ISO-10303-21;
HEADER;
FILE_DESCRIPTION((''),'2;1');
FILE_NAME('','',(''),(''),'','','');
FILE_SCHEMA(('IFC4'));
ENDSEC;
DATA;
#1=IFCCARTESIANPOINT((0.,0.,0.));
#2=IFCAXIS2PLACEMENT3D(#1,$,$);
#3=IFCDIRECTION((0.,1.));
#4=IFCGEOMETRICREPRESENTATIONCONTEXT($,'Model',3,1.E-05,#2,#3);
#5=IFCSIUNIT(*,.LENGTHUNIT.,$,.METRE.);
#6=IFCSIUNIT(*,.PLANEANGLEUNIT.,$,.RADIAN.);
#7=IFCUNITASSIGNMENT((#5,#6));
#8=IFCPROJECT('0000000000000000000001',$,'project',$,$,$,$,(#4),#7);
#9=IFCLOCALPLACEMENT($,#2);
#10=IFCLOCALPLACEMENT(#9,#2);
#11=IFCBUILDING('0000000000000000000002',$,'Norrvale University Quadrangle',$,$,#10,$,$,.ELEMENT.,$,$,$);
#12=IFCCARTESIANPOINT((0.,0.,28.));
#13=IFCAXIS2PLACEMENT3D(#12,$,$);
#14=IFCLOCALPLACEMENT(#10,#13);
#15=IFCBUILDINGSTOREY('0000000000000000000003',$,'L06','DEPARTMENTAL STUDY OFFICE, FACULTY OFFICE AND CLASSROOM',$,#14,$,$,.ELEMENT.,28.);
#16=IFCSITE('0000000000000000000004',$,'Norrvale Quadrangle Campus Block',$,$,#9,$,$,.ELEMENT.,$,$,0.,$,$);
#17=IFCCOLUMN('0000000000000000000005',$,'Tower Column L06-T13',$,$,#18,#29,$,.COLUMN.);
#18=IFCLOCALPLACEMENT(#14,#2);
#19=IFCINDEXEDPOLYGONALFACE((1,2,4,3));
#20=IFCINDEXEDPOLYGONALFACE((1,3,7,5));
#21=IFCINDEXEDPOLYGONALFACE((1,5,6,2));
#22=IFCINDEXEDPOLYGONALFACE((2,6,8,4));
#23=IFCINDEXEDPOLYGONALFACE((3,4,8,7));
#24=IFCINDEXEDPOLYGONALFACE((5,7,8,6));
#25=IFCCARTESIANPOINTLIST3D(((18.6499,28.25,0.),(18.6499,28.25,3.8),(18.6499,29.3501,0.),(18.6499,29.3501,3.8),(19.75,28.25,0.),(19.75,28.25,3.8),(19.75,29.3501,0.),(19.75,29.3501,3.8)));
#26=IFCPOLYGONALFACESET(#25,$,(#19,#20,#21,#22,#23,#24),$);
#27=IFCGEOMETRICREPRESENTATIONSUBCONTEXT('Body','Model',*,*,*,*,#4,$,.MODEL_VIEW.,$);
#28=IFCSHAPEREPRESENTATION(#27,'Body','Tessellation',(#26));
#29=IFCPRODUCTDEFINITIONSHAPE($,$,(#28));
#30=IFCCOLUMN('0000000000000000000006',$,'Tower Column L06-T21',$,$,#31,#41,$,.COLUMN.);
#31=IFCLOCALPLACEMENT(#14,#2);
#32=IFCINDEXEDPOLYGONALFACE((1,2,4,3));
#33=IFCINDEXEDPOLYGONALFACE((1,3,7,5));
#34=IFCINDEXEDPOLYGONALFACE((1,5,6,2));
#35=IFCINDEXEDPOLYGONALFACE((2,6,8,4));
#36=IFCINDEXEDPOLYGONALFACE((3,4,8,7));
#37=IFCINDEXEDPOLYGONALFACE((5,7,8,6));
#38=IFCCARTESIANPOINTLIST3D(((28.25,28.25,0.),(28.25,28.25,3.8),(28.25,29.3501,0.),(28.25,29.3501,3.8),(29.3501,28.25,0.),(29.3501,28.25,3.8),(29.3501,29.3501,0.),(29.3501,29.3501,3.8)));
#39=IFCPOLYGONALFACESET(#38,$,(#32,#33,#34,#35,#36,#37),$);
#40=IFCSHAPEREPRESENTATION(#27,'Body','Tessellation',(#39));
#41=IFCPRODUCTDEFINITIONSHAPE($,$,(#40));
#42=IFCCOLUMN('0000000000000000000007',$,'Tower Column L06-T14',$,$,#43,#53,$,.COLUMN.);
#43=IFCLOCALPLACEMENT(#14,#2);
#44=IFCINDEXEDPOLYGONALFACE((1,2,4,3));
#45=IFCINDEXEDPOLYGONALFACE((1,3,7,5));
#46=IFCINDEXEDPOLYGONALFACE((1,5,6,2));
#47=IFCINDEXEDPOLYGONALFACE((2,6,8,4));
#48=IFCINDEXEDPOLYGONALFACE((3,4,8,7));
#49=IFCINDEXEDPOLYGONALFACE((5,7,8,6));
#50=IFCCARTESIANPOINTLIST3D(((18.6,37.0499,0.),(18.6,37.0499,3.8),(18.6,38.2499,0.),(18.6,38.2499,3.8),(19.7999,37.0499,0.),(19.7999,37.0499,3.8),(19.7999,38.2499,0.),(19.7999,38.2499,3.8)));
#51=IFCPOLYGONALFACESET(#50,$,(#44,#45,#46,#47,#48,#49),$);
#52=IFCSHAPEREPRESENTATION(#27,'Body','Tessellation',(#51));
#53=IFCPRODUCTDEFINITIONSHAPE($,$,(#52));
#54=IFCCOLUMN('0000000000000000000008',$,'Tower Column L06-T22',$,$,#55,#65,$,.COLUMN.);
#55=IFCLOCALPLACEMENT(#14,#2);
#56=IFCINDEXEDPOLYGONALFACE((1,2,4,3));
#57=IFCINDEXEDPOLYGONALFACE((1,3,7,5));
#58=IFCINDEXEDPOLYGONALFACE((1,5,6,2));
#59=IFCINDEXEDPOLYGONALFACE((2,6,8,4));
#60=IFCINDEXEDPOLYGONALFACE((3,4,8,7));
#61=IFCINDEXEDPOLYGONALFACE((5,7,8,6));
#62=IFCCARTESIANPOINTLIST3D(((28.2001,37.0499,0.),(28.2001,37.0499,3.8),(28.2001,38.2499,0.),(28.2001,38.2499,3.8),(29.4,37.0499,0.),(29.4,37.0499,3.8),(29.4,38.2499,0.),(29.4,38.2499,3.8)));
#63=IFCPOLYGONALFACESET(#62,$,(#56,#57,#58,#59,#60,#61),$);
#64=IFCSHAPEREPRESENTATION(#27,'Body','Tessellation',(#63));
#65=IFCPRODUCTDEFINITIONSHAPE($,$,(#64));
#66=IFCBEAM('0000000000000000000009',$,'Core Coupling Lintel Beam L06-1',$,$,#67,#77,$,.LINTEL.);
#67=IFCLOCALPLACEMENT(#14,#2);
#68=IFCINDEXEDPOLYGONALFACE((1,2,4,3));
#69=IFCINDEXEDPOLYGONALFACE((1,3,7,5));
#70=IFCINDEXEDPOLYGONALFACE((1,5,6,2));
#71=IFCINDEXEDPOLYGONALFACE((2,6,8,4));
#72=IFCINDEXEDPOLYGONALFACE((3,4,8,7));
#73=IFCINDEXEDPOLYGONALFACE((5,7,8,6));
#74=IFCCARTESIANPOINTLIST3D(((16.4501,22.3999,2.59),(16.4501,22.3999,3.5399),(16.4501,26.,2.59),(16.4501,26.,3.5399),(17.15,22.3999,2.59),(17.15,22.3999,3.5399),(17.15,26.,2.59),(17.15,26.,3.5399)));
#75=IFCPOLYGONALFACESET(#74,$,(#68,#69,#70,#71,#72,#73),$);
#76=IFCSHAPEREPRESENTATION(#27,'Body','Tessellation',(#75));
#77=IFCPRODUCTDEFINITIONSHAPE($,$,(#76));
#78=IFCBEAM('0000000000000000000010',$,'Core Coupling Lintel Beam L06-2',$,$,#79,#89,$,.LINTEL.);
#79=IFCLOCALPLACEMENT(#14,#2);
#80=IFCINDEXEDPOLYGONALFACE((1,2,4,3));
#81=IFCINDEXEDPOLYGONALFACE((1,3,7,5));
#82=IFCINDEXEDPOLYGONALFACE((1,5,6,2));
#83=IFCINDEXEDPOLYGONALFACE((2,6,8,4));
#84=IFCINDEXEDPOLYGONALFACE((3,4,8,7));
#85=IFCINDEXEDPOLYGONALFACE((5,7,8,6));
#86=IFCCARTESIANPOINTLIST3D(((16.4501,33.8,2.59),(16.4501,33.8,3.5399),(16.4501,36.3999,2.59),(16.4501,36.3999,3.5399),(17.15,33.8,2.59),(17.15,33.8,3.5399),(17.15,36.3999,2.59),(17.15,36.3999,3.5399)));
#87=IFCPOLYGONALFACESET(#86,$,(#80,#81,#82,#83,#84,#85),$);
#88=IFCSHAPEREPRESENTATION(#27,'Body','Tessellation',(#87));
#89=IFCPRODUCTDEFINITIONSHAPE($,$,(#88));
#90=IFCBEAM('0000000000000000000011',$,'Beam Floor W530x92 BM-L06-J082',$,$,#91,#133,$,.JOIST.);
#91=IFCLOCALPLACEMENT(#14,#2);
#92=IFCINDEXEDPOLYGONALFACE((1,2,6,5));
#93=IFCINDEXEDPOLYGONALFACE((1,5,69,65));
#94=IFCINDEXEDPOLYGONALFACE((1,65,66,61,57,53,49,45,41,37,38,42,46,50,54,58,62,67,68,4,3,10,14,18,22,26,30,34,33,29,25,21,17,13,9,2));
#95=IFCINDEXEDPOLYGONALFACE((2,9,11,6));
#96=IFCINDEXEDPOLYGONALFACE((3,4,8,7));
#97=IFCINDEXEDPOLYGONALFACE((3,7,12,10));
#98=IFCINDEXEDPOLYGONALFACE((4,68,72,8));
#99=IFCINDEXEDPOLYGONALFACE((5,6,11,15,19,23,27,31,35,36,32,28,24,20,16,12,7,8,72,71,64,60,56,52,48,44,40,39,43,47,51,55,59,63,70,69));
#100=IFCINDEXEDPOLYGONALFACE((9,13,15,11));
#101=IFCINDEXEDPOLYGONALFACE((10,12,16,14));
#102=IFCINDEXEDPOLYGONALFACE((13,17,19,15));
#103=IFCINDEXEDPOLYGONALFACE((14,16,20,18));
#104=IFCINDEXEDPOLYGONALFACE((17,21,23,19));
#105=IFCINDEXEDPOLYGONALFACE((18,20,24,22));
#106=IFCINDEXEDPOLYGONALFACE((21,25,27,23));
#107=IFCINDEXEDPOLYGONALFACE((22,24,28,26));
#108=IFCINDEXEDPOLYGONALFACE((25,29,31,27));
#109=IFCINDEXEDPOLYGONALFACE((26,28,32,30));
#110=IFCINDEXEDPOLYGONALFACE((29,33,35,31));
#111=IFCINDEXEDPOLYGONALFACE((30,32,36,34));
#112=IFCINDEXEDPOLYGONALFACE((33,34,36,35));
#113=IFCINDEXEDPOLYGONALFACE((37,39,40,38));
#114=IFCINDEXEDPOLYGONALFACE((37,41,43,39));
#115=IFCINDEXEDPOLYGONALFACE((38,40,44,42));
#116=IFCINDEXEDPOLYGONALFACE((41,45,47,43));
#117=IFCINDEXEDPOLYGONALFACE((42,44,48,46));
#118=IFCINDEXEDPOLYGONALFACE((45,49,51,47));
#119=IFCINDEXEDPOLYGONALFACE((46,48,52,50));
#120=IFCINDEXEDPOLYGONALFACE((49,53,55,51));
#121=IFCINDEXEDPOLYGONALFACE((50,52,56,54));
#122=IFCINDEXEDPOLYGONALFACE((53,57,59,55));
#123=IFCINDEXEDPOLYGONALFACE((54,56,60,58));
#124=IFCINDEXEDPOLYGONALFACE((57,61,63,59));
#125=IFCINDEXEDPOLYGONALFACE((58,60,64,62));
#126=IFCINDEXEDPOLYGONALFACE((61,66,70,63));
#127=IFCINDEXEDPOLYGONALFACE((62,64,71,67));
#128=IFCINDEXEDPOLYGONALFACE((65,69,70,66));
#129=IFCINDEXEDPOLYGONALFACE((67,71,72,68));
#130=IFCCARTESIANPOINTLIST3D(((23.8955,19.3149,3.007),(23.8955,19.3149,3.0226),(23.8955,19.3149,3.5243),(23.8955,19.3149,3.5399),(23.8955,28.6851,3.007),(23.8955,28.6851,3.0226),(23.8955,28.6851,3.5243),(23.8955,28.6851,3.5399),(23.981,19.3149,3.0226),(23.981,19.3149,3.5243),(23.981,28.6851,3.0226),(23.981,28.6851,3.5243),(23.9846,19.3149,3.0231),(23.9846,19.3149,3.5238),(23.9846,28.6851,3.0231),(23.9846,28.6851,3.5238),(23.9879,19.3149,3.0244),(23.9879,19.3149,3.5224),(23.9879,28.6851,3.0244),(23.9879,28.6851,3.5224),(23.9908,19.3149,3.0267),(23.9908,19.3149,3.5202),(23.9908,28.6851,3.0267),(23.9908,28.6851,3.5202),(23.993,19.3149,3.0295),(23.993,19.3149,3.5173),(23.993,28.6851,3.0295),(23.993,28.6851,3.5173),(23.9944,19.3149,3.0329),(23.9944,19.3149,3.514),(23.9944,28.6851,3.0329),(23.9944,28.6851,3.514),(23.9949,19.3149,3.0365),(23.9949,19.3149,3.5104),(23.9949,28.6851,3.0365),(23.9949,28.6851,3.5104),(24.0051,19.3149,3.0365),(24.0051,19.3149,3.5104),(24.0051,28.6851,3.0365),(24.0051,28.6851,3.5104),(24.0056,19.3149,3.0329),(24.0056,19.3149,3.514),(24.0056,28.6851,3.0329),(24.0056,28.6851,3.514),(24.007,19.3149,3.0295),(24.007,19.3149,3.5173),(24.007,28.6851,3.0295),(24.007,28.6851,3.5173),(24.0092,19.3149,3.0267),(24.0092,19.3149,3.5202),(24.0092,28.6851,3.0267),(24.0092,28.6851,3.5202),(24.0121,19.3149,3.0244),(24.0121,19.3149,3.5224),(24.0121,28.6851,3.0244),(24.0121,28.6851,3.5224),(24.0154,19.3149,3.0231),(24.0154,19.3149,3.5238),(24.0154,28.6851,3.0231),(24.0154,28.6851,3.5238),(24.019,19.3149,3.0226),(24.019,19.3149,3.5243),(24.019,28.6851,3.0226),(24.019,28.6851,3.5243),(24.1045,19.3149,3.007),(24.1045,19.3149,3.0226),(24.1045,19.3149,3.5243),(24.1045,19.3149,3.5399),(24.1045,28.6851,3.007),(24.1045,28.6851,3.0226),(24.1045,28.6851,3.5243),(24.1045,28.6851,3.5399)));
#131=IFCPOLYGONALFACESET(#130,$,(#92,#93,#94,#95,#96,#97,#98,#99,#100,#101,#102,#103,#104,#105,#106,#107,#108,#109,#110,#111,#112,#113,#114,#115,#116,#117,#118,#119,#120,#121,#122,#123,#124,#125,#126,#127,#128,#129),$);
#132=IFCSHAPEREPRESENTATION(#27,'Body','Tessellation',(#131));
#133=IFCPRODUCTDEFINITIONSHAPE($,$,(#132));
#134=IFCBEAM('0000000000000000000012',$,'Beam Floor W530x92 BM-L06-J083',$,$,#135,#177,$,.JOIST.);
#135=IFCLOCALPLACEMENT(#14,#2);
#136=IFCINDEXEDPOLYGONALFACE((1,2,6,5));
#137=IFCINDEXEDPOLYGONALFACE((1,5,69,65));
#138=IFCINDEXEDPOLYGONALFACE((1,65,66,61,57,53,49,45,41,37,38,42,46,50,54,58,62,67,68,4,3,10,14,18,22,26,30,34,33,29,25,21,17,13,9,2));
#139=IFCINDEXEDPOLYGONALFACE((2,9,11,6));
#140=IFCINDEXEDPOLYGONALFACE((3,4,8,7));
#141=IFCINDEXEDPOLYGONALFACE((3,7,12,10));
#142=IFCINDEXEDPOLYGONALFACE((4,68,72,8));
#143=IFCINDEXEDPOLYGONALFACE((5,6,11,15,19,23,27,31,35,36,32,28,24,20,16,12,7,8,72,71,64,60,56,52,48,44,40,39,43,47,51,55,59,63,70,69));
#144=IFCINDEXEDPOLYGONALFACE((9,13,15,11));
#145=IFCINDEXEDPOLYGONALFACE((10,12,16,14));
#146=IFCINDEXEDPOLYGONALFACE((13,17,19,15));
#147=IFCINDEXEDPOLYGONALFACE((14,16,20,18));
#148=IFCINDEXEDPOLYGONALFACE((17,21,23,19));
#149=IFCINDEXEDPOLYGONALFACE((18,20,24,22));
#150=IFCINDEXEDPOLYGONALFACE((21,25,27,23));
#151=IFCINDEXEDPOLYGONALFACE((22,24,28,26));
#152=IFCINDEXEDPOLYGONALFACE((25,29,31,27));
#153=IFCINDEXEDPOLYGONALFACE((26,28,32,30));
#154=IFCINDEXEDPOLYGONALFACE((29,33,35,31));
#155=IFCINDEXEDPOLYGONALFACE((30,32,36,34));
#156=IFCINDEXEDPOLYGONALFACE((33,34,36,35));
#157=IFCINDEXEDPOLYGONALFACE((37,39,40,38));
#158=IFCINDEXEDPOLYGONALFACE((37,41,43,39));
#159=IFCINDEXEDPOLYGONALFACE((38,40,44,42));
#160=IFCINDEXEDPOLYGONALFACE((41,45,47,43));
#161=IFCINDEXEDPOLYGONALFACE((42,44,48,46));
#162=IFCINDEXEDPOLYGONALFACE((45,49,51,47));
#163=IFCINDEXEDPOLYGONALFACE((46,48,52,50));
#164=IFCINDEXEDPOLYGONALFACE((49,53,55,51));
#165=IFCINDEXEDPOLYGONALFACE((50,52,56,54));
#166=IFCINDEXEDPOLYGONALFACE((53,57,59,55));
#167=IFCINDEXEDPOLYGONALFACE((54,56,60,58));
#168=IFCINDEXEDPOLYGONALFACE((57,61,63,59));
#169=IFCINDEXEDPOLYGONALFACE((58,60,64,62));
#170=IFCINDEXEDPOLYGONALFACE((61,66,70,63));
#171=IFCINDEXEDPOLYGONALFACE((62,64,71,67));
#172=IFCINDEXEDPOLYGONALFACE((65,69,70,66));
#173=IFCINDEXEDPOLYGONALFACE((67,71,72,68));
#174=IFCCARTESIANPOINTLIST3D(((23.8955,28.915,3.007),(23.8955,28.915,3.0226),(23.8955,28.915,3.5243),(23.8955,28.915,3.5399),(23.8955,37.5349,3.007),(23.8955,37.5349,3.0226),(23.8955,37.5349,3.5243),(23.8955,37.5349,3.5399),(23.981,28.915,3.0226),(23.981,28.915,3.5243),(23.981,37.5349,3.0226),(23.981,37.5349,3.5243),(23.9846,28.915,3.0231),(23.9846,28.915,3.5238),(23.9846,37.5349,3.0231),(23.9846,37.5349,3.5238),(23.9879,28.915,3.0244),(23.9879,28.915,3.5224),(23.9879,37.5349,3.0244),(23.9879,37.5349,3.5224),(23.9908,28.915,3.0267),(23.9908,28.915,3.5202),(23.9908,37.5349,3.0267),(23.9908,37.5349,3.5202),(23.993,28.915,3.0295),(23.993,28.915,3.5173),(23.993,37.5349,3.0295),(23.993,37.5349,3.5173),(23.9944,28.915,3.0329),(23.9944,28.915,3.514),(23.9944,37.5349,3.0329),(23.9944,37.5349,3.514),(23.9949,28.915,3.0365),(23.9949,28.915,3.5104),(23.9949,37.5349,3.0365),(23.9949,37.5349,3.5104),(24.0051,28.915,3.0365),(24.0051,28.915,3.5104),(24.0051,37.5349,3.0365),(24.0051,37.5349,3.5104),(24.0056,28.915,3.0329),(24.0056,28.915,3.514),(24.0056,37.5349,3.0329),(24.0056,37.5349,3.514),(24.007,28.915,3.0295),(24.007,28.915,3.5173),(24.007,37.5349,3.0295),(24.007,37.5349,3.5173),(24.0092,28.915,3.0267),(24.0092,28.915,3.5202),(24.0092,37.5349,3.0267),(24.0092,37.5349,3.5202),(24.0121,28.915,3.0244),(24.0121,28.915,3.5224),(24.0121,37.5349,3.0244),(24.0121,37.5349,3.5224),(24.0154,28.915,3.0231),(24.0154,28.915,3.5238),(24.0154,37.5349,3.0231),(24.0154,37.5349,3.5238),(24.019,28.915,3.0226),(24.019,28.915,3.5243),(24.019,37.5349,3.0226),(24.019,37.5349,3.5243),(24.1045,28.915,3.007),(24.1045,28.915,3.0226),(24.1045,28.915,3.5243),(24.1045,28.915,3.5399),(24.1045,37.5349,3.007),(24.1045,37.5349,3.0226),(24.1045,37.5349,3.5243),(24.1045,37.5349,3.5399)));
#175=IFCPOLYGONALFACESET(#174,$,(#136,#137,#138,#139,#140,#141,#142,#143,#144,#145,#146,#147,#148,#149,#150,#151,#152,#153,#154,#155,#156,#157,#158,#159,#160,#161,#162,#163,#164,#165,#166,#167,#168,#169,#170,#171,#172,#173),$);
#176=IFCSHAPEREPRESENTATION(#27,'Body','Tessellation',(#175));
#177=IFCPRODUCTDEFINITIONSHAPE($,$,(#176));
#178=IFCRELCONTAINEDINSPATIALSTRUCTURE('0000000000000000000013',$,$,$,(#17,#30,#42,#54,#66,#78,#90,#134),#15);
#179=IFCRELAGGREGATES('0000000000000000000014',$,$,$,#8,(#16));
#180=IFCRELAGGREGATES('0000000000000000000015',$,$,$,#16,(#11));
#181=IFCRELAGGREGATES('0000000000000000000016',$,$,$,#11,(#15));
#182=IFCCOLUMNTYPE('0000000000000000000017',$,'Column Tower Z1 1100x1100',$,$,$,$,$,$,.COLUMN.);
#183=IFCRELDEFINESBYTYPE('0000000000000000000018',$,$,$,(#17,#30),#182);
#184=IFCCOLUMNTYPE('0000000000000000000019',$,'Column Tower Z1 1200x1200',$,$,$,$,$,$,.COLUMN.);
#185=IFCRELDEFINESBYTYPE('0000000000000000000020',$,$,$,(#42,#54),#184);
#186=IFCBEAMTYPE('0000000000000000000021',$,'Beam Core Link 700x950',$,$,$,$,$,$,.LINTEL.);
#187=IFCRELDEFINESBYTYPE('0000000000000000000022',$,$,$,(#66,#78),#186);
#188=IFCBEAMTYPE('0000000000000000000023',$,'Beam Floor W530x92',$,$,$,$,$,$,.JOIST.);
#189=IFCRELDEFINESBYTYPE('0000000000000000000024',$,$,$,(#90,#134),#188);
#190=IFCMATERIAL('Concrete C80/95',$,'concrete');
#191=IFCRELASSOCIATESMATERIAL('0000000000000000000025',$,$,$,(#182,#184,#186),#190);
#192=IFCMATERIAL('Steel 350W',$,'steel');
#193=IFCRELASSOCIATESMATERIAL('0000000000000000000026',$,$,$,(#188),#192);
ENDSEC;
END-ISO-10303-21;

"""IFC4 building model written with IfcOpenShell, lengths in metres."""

from ifc_helpers import new_model, si_unit, direction, frame, origin, origin_2d, place, context, subcontext, project, spatial, rectangle, i_section, extrude, material, material_profile, profile_set, type_object, element, save


model = new_model("IFC4")

# Units and contexts
model_context = context("Model", 3, precision=1e-05, world=origin(), true_north=direction((0.0, 1.0)))
body_context = subcontext(model_context, "Body", "Model", "MODEL_VIEW")
ifc_project = project(units=[si_unit("LENGTHUNIT", "METRE"), si_unit("PLANEANGLEUNIT", "RADIAN")], contexts=[model_context])

# Site, building, storey
site_placement = place(None, origin())
site = spatial("IfcSite", under=ifc_project, at=site_placement, Name="Norrvale Quadrangle Campus Block", CompositionType="ELEMENT", RefElevation=0.0)
building_placement = place(site_placement, origin())
building = spatial("IfcBuilding", under=site, at=building_placement, Name="Norrvale University Quadrangle", CompositionType="ELEMENT")
storey_placement = place(building_placement, frame((0.0, 0.0, 28.0)))
storey = spatial("IfcBuildingStorey", under=building, at=storey_placement, Name="L06", Description="DEPARTMENTAL STUDY OFFICE, FACULTY OFFICE AND CLASSROOM", CompositionType="ELEMENT", Elevation=28.0)

# Columns
ifc_material_1 = material(Name="Concrete C80/95", Category="concrete")
ifc_material_profile_1 = material_profile(ifc_material_1, rectangle(XDim=1.1001, YDim=1.1001, at=origin_2d()), Name="Concrete C80/95")
ifc_profile_set_1 = profile_set([ifc_material_profile_1], Name="Concrete C80/95")
column_type_1 = type_object("IfcColumnType", Name="Column Tower Z1 1100x1100", PredefinedType="COLUMN", material=ifc_profile_set_1)
for number, where, z_axis, x_axis, name in (
    (1, (19.2, 28.8, 0.0), (0.0, 0.0, 1.0), (1.0, 0.0, 0.0), "Tower Column L06-T13"),
    (2, (28.8, 28.8, 0.0), (0.0, 0.0, 1.0), (1.0, 0.0, 0.0), "Tower Column L06-T21"),
):
    element("IfcColumn", number, at=place(storey_placement, frame(where, z_axis=z_axis, x_axis=x_axis)), inside=storey, type_object=column_type_1, Name=name, PredefinedType="COLUMN", context=body_context, shape_type="SweptSolid", body=[
        extrude(rectangle(XDim=1.1001, YDim=1.1001, at=origin_2d()), origin(), (0.0, 0.0, 1.0), 3.8),
    ])
ifc_material_profile_2 = material_profile(ifc_material_1, rectangle(XDim=1.2, YDim=1.2, at=origin_2d()), Name="Concrete C80/95")
ifc_profile_set_2 = profile_set([ifc_material_profile_2], Name="Concrete C80/95")
column_type_2 = type_object("IfcColumnType", Name="Column Tower Z1 1200x1200", PredefinedType="COLUMN", material=ifc_profile_set_2)
for number, where, z_axis, x_axis, name in (
    (3, (19.2, 37.6499, 0.0), (0.0, 0.0, 1.0), (1.0, 0.0, 0.0), "Tower Column L06-T14"),
    (4, (28.8, 37.6499, 0.0), (0.0, 0.0, 1.0), (1.0, 0.0, 0.0), "Tower Column L06-T22"),
):
    element("IfcColumn", number, at=place(storey_placement, frame(where, z_axis=z_axis, x_axis=x_axis)), inside=storey, type_object=column_type_2, Name=name, PredefinedType="COLUMN", context=body_context, shape_type="SweptSolid", body=[
        extrude(rectangle(XDim=1.2, YDim=1.2, at=origin_2d()), origin(), (0.0, 0.0, 1.0), 3.8),
    ])

# Beams
ifc_material_profile_3 = material_profile(ifc_material_1, rectangle(XDim=0.7, YDim=0.95, at=origin_2d()), Name="Concrete C80/95")
ifc_profile_set_3 = profile_set([ifc_material_profile_3], Name="Concrete C80/95")
beam_type_1 = type_object("IfcBeamType", Name="Beam Core Link 700x950", PredefinedType="LINTEL", material=ifc_profile_set_3)
beam_1_placement = place(storey_placement, frame((16.8, 22.3999, 3.0649), z_axis=(0.0, 1.0, 0.0), x_axis=(-1.0, 0.0, 0.0)))
element("IfcBeam", 5, at=beam_1_placement, inside=storey, type_object=beam_type_1, Name="Core Coupling Lintel Beam L06-1", PredefinedType="LINTEL", context=body_context, shape_type="SweptSolid", body=[
    extrude(rectangle(XDim=0.7, YDim=0.95, at=origin_2d()), origin(), (0.0, 0.0, 1.0), 3.6001),
])
beam_2_placement = place(storey_placement, frame((16.8, 33.8, 3.0649), z_axis=(0.0, 1.0, 0.0), x_axis=(-1.0, 0.0, 0.0)))
element("IfcBeam", 6, at=beam_2_placement, inside=storey, type_object=beam_type_1, Name="Core Coupling Lintel Beam L06-2", PredefinedType="LINTEL", context=body_context, shape_type="SweptSolid", body=[
    extrude(rectangle(XDim=0.7, YDim=0.95, at=origin_2d()), origin(), (0.0, 0.0, 1.0), 2.5999),
])
ifc_material_2 = material(Name="Steel 350W", Category="steel")
ifc_material_profile_4 = material_profile(ifc_material_2, i_section(OverallWidth=0.209, OverallDepth=0.533, WebThickness=0.0103, FlangeThickness=0.0156, FilletRadius=0.0139, at=origin_2d()), Name="Steel 350W")
ifc_profile_set_4 = profile_set([ifc_material_profile_4], Name="Steel 350W")
beam_type_2 = type_object("IfcBeamType", Name="Beam Floor W530x92", PredefinedType="JOIST", material=ifc_profile_set_4)
beam_3_placement = place(storey_placement, frame((24.0, 19.3149, 3.2734), z_axis=(0.0, 1.0, 0.0), x_axis=(-1.0, 0.0, 0.0)))
element("IfcBeam", 7, at=beam_3_placement, inside=storey, type_object=beam_type_2, Name="Beam Floor W530x92 BM-L06-J082", PredefinedType="JOIST", context=body_context, shape_type="SweptSolid", body=[
    extrude(i_section(OverallWidth=0.209, OverallDepth=0.533, WebThickness=0.0103, FlangeThickness=0.0156, FilletRadius=0.0139, at=origin_2d()), origin(), (0.0, 0.0, 1.0), 9.3701),
])
beam_4_placement = place(storey_placement, frame((24.0, 28.915, 3.2734), z_axis=(0.0, 1.0, 0.0), x_axis=(-1.0, 0.0, 0.0)))
element("IfcBeam", 8, at=beam_4_placement, inside=storey, type_object=beam_type_2, Name="Beam Floor W530x92 BM-L06-J083", PredefinedType="JOIST", context=body_context, shape_type="SweptSolid", body=[
    extrude(i_section(OverallWidth=0.209, OverallDepth=0.533, WebThickness=0.0103, FlangeThickness=0.0156, FilletRadius=0.0139, at=origin_2d()), origin(), (0.0, 0.0, 1.0), 8.6199),
])

save(model, "model.ifc")
